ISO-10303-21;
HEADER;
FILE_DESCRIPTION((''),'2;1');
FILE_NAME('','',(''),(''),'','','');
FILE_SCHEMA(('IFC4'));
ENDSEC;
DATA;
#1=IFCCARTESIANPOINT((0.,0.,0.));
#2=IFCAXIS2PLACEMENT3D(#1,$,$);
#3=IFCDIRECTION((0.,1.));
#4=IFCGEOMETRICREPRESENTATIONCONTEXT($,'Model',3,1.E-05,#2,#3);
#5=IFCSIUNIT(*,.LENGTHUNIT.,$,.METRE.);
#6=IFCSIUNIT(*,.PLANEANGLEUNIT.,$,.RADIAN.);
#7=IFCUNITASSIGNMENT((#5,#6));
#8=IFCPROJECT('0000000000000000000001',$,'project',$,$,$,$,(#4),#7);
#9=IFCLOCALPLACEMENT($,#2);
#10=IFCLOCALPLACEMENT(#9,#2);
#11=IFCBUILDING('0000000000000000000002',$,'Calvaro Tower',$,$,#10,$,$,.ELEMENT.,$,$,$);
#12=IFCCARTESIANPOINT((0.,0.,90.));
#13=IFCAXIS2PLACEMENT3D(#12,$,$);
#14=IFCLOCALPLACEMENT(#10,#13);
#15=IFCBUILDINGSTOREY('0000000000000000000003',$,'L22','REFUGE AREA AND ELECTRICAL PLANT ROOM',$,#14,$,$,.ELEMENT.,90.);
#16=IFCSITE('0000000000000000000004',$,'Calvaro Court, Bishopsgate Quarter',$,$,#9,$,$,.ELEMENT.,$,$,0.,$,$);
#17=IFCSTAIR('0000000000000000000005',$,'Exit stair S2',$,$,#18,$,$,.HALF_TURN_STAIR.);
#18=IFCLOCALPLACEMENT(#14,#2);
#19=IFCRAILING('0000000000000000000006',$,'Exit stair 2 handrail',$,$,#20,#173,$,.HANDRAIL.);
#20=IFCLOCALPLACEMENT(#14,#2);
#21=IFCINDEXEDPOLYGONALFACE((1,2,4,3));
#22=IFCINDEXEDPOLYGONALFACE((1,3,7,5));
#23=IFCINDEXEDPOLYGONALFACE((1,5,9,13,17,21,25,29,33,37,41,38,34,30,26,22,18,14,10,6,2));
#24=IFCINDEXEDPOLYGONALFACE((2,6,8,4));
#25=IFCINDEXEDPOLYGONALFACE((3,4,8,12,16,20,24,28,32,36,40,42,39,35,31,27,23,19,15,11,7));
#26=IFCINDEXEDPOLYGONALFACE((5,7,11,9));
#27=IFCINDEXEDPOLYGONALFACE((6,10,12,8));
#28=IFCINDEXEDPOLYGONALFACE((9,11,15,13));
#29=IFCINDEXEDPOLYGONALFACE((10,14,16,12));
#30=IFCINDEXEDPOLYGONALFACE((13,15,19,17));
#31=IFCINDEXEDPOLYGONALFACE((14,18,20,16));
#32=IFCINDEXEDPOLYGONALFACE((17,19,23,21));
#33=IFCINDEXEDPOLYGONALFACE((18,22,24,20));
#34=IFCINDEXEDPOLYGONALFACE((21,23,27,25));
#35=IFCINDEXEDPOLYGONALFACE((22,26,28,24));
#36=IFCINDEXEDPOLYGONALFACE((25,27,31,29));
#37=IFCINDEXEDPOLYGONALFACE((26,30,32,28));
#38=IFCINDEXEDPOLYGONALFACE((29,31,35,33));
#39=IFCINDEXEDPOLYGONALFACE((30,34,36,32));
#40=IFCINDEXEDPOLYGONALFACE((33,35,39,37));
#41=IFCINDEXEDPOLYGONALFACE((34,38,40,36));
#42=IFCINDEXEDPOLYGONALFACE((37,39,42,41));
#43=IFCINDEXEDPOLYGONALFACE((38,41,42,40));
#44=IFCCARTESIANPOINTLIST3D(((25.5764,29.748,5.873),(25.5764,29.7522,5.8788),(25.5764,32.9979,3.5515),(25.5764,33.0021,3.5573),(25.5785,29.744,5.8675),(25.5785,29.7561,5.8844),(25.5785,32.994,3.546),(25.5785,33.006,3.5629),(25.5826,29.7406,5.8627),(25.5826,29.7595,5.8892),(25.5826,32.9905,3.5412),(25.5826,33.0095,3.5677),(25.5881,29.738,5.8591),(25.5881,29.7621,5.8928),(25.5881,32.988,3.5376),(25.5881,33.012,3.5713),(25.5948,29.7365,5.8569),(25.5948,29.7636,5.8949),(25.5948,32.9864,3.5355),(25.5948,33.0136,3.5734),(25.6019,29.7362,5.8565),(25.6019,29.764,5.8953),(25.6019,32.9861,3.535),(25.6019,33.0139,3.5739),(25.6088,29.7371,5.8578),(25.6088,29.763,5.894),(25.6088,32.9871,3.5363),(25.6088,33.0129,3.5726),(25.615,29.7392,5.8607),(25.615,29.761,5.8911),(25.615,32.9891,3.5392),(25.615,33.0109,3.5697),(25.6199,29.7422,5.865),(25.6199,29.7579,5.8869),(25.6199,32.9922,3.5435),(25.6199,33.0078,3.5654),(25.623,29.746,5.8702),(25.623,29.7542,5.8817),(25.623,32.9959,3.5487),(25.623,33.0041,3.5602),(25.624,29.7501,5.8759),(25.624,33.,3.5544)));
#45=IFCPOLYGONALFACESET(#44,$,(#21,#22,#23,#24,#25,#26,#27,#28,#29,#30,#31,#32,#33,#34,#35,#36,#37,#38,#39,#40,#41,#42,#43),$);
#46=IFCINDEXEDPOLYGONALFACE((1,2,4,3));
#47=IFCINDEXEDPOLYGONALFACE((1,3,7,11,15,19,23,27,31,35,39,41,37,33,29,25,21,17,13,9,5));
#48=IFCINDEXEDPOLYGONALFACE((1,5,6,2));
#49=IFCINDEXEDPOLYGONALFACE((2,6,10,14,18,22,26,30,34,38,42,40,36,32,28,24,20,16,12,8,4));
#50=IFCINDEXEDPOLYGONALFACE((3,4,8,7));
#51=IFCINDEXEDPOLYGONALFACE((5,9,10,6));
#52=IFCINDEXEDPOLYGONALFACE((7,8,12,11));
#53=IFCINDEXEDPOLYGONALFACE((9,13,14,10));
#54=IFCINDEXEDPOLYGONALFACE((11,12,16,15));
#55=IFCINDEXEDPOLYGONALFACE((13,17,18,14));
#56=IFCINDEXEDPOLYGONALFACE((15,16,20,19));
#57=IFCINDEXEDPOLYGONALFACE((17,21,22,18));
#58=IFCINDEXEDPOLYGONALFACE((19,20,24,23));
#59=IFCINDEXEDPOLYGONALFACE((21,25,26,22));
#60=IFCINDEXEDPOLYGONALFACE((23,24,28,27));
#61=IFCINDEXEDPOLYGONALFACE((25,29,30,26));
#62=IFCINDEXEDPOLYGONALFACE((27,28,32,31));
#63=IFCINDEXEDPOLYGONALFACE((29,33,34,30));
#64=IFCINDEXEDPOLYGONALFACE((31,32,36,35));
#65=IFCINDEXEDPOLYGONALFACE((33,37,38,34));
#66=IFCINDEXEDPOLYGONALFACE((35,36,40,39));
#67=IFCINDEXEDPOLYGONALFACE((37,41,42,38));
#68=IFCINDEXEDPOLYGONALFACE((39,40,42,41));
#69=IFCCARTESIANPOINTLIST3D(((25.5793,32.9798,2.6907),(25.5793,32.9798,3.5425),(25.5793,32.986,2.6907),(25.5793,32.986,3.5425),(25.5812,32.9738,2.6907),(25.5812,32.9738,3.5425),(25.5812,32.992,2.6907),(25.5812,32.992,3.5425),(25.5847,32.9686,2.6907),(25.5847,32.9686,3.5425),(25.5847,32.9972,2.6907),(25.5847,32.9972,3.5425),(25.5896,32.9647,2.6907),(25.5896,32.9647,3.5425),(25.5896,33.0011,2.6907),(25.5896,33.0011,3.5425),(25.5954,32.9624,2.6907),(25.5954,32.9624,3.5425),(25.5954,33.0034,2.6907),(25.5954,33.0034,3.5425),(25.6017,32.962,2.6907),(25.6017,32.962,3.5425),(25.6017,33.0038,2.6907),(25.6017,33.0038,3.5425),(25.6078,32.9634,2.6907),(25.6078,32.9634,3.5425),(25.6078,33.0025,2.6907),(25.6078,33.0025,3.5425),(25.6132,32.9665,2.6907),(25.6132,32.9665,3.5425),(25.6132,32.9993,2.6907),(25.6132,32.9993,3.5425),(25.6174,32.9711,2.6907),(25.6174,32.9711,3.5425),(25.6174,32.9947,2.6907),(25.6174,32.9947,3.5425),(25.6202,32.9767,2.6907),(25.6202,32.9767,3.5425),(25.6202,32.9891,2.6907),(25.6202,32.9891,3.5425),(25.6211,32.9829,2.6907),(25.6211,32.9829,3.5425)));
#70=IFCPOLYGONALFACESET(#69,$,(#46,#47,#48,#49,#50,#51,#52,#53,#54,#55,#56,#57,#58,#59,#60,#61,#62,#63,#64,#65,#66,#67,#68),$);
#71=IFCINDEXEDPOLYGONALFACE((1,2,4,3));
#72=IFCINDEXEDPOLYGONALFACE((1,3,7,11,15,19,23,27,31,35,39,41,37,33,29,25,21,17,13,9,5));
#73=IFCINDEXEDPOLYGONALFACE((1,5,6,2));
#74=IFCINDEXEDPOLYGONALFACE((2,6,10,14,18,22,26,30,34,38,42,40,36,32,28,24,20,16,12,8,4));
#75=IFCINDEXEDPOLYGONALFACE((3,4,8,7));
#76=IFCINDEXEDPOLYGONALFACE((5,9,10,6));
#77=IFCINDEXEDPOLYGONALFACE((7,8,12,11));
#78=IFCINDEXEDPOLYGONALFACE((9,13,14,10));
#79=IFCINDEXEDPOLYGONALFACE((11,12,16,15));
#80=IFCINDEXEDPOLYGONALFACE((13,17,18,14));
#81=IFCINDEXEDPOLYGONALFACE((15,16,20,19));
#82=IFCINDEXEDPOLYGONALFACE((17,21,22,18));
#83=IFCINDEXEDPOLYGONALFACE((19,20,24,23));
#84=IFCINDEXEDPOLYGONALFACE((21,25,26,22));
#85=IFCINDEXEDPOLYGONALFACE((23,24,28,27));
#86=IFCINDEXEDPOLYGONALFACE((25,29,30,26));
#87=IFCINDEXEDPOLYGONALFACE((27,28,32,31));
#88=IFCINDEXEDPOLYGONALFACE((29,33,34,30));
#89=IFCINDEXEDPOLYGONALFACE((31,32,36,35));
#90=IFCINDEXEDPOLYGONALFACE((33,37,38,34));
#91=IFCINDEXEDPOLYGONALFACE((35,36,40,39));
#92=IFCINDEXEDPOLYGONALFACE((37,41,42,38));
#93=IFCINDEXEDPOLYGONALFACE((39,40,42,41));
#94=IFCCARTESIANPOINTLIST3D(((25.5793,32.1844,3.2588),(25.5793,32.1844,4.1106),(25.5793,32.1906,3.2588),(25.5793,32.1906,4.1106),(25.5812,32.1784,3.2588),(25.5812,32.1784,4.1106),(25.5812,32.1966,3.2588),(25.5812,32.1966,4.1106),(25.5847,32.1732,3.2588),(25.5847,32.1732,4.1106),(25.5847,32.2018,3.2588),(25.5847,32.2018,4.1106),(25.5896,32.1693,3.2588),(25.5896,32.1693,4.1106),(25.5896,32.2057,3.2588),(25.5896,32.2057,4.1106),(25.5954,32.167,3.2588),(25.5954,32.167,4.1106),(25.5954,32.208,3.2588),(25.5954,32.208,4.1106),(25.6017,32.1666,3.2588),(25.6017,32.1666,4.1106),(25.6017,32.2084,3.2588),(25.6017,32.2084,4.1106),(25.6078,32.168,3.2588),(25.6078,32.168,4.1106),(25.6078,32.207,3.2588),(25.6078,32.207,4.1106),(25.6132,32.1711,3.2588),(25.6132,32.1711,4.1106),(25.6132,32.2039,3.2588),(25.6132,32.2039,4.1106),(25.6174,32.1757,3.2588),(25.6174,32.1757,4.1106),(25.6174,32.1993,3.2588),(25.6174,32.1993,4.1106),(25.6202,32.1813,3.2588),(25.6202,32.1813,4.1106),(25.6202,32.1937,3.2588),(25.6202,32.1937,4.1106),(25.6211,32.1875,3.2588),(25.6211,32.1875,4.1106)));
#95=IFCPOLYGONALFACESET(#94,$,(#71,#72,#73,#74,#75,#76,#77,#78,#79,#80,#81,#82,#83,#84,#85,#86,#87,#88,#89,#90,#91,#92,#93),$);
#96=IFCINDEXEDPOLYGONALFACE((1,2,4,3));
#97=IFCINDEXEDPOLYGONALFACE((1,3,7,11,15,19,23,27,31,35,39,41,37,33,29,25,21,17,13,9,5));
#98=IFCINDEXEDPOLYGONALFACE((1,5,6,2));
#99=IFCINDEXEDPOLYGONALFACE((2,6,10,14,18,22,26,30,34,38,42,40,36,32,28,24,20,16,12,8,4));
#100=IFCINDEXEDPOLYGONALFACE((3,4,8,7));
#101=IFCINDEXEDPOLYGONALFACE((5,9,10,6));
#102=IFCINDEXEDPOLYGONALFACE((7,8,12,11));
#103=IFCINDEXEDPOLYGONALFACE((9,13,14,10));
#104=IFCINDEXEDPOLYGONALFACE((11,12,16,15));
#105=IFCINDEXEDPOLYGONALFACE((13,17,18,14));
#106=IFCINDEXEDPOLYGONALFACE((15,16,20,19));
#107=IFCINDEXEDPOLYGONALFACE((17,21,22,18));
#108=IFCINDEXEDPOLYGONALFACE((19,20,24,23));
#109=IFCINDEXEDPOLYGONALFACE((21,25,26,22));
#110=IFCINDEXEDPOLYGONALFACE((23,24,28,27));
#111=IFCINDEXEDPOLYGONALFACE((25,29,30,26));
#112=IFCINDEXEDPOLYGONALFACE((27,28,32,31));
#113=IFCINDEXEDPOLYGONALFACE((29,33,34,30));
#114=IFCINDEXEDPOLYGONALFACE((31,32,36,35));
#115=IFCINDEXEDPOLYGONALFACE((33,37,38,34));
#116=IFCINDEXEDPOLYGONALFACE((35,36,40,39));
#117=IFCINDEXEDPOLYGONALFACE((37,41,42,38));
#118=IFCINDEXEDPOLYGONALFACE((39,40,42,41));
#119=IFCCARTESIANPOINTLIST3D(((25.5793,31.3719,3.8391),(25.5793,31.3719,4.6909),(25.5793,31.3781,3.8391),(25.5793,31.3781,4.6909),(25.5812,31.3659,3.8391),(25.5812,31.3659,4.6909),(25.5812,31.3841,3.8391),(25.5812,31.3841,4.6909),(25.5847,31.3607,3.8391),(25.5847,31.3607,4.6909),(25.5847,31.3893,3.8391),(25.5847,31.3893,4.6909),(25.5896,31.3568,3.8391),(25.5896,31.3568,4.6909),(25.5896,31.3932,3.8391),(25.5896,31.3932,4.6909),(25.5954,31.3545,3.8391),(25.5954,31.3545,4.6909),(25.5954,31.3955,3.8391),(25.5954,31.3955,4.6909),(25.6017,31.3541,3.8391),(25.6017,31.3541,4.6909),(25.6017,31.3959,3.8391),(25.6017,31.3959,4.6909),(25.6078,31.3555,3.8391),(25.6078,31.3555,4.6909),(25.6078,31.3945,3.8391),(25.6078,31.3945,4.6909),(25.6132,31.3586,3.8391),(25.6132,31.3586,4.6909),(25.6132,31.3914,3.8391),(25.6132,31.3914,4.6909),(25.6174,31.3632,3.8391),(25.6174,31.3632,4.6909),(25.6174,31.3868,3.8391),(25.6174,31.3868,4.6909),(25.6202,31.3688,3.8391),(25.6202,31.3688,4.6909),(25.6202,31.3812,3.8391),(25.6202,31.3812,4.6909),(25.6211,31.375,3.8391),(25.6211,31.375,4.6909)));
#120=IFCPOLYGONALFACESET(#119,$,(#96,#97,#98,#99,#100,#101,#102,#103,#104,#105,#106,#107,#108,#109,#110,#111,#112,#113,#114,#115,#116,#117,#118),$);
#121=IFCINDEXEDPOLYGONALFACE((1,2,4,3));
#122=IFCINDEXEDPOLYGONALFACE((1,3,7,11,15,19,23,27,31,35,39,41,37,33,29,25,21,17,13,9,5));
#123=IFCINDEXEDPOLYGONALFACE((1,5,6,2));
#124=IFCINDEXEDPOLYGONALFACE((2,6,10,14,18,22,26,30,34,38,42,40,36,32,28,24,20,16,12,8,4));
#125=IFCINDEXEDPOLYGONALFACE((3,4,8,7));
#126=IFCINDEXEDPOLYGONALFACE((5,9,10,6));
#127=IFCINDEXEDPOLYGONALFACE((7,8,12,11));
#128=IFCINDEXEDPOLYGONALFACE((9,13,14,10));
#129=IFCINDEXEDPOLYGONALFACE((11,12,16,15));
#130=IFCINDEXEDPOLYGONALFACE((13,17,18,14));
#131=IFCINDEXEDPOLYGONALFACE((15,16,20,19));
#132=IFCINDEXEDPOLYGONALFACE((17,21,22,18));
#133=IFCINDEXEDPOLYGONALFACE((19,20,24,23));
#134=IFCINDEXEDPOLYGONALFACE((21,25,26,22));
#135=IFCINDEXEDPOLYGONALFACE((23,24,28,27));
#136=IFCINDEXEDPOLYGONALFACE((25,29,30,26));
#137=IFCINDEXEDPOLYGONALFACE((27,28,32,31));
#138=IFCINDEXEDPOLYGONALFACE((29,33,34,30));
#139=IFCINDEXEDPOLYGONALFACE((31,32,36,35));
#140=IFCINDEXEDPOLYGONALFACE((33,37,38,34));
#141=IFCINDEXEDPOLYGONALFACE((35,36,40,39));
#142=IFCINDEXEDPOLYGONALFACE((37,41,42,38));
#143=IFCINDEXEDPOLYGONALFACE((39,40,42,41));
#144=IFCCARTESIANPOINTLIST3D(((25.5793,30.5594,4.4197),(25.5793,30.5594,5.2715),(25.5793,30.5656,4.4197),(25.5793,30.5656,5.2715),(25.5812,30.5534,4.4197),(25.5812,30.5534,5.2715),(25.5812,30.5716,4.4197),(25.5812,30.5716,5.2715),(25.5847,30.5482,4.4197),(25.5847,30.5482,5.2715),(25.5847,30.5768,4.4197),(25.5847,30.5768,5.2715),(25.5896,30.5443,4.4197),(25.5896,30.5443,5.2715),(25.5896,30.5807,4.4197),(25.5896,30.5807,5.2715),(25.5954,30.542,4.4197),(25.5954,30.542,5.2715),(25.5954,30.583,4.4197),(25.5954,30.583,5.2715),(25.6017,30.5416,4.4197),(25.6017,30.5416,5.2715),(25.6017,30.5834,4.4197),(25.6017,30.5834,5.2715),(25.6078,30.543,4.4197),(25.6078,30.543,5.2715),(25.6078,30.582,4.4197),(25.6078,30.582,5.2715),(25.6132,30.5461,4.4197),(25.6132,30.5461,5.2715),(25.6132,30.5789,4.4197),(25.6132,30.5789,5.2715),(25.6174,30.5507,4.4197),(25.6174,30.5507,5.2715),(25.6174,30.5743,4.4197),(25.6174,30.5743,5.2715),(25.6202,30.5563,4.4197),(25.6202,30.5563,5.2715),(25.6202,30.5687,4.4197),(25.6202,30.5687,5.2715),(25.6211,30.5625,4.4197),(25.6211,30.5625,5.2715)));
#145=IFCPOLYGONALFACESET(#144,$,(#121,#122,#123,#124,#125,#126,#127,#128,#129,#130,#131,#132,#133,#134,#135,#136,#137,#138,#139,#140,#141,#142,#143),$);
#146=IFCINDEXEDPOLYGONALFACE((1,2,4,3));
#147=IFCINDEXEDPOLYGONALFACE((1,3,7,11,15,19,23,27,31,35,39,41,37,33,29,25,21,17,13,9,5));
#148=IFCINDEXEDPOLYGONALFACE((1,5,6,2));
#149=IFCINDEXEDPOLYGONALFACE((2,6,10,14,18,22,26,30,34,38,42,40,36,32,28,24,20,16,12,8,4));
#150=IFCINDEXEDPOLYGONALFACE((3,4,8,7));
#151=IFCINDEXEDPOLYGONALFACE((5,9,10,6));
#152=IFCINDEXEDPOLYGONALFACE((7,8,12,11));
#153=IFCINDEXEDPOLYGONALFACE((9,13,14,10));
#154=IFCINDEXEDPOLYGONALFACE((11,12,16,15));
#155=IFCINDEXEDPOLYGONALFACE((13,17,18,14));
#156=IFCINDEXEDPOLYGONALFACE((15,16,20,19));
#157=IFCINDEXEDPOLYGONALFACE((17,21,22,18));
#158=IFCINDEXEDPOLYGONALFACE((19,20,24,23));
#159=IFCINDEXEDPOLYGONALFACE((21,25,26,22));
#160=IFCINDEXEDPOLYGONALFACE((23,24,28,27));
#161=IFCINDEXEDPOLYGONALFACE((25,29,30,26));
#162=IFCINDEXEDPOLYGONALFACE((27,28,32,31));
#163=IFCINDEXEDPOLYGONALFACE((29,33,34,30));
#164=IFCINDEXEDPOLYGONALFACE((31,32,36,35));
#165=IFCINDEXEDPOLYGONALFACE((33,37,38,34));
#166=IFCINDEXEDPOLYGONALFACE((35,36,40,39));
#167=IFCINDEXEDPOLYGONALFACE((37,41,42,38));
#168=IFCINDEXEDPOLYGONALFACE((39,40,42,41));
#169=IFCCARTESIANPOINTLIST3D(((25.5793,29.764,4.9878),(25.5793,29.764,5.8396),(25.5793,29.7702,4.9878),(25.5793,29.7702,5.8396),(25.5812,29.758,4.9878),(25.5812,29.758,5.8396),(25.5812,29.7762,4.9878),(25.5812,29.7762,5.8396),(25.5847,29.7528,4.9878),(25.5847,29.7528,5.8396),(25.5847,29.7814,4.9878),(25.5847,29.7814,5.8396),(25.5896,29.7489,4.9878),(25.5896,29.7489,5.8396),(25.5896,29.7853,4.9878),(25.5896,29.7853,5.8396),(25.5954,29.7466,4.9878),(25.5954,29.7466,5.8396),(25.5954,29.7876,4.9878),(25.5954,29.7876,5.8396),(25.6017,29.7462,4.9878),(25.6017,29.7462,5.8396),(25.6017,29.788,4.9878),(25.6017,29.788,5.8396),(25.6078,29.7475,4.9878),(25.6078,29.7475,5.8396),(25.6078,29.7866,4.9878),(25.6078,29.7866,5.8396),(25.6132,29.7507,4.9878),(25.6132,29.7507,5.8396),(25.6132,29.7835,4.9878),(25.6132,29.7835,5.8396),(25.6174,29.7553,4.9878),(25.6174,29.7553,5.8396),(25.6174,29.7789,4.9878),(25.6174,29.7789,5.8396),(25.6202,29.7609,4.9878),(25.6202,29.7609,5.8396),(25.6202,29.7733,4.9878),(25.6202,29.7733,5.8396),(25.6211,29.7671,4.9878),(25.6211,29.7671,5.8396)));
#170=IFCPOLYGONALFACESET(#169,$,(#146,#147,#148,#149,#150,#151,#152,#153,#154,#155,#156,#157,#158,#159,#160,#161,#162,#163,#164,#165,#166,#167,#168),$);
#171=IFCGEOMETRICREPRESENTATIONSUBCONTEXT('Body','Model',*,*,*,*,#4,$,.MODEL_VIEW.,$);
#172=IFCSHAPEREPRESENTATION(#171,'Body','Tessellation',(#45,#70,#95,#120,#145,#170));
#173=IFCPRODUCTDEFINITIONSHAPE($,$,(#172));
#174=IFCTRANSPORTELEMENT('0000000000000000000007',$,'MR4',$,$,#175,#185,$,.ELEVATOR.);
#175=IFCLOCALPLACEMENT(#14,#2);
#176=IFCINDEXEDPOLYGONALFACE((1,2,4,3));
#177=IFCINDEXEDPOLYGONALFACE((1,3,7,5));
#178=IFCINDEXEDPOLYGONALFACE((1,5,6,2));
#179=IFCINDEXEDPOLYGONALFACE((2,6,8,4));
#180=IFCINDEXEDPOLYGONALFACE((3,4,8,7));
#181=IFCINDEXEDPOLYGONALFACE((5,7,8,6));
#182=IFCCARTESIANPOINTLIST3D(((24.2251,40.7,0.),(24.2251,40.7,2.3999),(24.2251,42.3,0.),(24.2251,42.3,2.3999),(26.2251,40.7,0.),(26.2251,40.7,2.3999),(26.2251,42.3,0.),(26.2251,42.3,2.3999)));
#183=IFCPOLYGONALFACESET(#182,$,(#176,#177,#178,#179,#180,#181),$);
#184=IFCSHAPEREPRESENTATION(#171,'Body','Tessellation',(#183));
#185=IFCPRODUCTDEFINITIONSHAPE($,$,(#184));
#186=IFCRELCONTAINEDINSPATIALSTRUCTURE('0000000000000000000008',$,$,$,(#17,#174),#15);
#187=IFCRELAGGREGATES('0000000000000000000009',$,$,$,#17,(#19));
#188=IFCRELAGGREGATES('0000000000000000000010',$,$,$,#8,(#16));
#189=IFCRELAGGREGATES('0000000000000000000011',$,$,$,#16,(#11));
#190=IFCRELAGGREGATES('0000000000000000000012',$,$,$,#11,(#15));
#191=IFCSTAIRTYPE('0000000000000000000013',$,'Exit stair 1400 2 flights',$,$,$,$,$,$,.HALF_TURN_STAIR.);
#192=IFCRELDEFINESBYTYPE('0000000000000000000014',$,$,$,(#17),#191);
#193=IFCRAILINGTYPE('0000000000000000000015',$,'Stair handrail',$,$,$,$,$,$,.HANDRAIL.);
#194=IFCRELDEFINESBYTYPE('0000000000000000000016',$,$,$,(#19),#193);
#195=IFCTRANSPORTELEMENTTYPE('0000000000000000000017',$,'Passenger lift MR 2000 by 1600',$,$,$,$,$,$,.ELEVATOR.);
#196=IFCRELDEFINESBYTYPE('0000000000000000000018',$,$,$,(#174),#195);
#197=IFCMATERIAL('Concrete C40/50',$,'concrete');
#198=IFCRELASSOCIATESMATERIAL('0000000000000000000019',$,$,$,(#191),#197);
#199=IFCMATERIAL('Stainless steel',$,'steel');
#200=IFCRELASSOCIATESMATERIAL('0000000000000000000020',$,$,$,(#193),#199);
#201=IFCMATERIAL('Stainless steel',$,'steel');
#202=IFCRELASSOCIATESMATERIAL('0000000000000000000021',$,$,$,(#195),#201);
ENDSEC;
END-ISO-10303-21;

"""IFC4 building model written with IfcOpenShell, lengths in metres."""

from ifc_helpers import new_model, si_unit, direction, frame, origin, origin_2d, place, context, subcontext, project, spatial, rectangle, circle, extrude, material, type_object, element, aggregate, save


model = new_model("IFC4")

# Units and contexts
model_context = context("Model", 3, precision=1e-05, world=origin(), true_north=direction((0.0, 1.0)))
body_context = subcontext(model_context, "Body", "Model", "MODEL_VIEW")
ifc_project = project(units=[si_unit("LENGTHUNIT", "METRE"), si_unit("PLANEANGLEUNIT", "RADIAN")], contexts=[model_context])

# Site, building, storey
site_placement = place(None, origin())
site = spatial("IfcSite", under=ifc_project, at=site_placement, Name="Calvaro Court, Bishopsgate Quarter", CompositionType="ELEMENT", RefElevation=0.0)
building_placement = place(site_placement, origin())
building = spatial("IfcBuilding", under=site, at=building_placement, Name="Calvaro Tower", CompositionType="ELEMENT")
storey_placement = place(building_placement, frame((0.0, 0.0, 90.0)))
storey = spatial("IfcBuildingStorey", under=building, at=storey_placement, Name="L22", Description="REFUGE AREA AND ELECTRICAL PLANT ROOM", CompositionType="ELEMENT", Elevation=90.0)

# Stair, railing
ifc_material_1 = material(Name="Concrete C40/50", Category="concrete")
stair_type = type_object("IfcStairType", Name="Exit stair 1400 2 flights", PredefinedType="HALF_TURN_STAIR", material=ifc_material_1)
stair_placement = place(storey_placement, origin())
stair = element("IfcStair", 1, at=stair_placement, inside=storey, type_object=stair_type, Name="Exit stair S2", PredefinedType="HALF_TURN_STAIR")
ifc_material_2 = material(Name="Stainless steel", Category="steel")
railing_type = type_object("IfcRailingType", Name="Stair handrail", PredefinedType="HANDRAIL", material=ifc_material_2)
railing_placement = place(storey_placement, frame((25.6001, 33.0, 2.6785)))
railing = element("IfcRailing", 2, at=railing_placement, type_object=railing_type, Name="Exit stair 2 handrail", PredefinedType="HANDRAIL", context=body_context, shape_type="SweptSolid", body=[
    extrude(circle(Radius=0.0239, at=origin_2d()), frame((0.0, 0.0, 0.876), z_axis=(0.0, -0.813721, 0.581256), x_axis=(1.0, 0.0, 0.0)), (0.0, 0.0, 1.0), 3.9939),
    extrude(circle(Radius=0.021, at=origin_2d()), frame((0.0, -0.0171, 0.0122)), (0.0, 0.0, 1.0), 0.8518),
    extrude(circle(Radius=0.021, at=origin_2d()), frame((0.0, -0.8125, 0.5803)), (0.0, 0.0, 1.0), 0.8518),
    extrude(circle(Radius=0.021, at=origin_2d()), frame((0.0, -1.625, 1.1606)), (0.0, 0.0, 1.0), 0.8518),
    extrude(circle(Radius=0.021, at=origin_2d()), frame((0.0, -2.4375, 1.7412)), (0.0, 0.0, 1.0), 0.8518),
    extrude(circle(Radius=0.021, at=origin_2d()), frame((0.0, -3.2329, 2.3093)), (0.0, 0.0, 1.0), 0.8518),
])
aggregate(stair, [railing])

# Transport element
ifc_material_3 = material(Name="Stainless steel", Category="steel")
transport_element_type = type_object("IfcTransportElementType", Name="Passenger lift MR 2000 by 1600", PredefinedType="ELEVATOR", material=ifc_material_3)
transport_element_placement = place(storey_placement, frame((25.2251, 41.5, 0.0), z_axis=(0.0, 0.0, 1.0), x_axis=(1.0, 0.0, 0.0)))
element("IfcTransportElement", 3, at=transport_element_placement, inside=storey, type_object=transport_element_type, Name="MR4", PredefinedType="ELEVATOR", context=body_context, shape_type="SweptSolid", body=[
    extrude(rectangle(XDim=2.0, YDim=1.6001, at=origin_2d()), origin(), (0.0, 0.0, 1.0), 2.3999),
])

save(model, "model.ifc")
